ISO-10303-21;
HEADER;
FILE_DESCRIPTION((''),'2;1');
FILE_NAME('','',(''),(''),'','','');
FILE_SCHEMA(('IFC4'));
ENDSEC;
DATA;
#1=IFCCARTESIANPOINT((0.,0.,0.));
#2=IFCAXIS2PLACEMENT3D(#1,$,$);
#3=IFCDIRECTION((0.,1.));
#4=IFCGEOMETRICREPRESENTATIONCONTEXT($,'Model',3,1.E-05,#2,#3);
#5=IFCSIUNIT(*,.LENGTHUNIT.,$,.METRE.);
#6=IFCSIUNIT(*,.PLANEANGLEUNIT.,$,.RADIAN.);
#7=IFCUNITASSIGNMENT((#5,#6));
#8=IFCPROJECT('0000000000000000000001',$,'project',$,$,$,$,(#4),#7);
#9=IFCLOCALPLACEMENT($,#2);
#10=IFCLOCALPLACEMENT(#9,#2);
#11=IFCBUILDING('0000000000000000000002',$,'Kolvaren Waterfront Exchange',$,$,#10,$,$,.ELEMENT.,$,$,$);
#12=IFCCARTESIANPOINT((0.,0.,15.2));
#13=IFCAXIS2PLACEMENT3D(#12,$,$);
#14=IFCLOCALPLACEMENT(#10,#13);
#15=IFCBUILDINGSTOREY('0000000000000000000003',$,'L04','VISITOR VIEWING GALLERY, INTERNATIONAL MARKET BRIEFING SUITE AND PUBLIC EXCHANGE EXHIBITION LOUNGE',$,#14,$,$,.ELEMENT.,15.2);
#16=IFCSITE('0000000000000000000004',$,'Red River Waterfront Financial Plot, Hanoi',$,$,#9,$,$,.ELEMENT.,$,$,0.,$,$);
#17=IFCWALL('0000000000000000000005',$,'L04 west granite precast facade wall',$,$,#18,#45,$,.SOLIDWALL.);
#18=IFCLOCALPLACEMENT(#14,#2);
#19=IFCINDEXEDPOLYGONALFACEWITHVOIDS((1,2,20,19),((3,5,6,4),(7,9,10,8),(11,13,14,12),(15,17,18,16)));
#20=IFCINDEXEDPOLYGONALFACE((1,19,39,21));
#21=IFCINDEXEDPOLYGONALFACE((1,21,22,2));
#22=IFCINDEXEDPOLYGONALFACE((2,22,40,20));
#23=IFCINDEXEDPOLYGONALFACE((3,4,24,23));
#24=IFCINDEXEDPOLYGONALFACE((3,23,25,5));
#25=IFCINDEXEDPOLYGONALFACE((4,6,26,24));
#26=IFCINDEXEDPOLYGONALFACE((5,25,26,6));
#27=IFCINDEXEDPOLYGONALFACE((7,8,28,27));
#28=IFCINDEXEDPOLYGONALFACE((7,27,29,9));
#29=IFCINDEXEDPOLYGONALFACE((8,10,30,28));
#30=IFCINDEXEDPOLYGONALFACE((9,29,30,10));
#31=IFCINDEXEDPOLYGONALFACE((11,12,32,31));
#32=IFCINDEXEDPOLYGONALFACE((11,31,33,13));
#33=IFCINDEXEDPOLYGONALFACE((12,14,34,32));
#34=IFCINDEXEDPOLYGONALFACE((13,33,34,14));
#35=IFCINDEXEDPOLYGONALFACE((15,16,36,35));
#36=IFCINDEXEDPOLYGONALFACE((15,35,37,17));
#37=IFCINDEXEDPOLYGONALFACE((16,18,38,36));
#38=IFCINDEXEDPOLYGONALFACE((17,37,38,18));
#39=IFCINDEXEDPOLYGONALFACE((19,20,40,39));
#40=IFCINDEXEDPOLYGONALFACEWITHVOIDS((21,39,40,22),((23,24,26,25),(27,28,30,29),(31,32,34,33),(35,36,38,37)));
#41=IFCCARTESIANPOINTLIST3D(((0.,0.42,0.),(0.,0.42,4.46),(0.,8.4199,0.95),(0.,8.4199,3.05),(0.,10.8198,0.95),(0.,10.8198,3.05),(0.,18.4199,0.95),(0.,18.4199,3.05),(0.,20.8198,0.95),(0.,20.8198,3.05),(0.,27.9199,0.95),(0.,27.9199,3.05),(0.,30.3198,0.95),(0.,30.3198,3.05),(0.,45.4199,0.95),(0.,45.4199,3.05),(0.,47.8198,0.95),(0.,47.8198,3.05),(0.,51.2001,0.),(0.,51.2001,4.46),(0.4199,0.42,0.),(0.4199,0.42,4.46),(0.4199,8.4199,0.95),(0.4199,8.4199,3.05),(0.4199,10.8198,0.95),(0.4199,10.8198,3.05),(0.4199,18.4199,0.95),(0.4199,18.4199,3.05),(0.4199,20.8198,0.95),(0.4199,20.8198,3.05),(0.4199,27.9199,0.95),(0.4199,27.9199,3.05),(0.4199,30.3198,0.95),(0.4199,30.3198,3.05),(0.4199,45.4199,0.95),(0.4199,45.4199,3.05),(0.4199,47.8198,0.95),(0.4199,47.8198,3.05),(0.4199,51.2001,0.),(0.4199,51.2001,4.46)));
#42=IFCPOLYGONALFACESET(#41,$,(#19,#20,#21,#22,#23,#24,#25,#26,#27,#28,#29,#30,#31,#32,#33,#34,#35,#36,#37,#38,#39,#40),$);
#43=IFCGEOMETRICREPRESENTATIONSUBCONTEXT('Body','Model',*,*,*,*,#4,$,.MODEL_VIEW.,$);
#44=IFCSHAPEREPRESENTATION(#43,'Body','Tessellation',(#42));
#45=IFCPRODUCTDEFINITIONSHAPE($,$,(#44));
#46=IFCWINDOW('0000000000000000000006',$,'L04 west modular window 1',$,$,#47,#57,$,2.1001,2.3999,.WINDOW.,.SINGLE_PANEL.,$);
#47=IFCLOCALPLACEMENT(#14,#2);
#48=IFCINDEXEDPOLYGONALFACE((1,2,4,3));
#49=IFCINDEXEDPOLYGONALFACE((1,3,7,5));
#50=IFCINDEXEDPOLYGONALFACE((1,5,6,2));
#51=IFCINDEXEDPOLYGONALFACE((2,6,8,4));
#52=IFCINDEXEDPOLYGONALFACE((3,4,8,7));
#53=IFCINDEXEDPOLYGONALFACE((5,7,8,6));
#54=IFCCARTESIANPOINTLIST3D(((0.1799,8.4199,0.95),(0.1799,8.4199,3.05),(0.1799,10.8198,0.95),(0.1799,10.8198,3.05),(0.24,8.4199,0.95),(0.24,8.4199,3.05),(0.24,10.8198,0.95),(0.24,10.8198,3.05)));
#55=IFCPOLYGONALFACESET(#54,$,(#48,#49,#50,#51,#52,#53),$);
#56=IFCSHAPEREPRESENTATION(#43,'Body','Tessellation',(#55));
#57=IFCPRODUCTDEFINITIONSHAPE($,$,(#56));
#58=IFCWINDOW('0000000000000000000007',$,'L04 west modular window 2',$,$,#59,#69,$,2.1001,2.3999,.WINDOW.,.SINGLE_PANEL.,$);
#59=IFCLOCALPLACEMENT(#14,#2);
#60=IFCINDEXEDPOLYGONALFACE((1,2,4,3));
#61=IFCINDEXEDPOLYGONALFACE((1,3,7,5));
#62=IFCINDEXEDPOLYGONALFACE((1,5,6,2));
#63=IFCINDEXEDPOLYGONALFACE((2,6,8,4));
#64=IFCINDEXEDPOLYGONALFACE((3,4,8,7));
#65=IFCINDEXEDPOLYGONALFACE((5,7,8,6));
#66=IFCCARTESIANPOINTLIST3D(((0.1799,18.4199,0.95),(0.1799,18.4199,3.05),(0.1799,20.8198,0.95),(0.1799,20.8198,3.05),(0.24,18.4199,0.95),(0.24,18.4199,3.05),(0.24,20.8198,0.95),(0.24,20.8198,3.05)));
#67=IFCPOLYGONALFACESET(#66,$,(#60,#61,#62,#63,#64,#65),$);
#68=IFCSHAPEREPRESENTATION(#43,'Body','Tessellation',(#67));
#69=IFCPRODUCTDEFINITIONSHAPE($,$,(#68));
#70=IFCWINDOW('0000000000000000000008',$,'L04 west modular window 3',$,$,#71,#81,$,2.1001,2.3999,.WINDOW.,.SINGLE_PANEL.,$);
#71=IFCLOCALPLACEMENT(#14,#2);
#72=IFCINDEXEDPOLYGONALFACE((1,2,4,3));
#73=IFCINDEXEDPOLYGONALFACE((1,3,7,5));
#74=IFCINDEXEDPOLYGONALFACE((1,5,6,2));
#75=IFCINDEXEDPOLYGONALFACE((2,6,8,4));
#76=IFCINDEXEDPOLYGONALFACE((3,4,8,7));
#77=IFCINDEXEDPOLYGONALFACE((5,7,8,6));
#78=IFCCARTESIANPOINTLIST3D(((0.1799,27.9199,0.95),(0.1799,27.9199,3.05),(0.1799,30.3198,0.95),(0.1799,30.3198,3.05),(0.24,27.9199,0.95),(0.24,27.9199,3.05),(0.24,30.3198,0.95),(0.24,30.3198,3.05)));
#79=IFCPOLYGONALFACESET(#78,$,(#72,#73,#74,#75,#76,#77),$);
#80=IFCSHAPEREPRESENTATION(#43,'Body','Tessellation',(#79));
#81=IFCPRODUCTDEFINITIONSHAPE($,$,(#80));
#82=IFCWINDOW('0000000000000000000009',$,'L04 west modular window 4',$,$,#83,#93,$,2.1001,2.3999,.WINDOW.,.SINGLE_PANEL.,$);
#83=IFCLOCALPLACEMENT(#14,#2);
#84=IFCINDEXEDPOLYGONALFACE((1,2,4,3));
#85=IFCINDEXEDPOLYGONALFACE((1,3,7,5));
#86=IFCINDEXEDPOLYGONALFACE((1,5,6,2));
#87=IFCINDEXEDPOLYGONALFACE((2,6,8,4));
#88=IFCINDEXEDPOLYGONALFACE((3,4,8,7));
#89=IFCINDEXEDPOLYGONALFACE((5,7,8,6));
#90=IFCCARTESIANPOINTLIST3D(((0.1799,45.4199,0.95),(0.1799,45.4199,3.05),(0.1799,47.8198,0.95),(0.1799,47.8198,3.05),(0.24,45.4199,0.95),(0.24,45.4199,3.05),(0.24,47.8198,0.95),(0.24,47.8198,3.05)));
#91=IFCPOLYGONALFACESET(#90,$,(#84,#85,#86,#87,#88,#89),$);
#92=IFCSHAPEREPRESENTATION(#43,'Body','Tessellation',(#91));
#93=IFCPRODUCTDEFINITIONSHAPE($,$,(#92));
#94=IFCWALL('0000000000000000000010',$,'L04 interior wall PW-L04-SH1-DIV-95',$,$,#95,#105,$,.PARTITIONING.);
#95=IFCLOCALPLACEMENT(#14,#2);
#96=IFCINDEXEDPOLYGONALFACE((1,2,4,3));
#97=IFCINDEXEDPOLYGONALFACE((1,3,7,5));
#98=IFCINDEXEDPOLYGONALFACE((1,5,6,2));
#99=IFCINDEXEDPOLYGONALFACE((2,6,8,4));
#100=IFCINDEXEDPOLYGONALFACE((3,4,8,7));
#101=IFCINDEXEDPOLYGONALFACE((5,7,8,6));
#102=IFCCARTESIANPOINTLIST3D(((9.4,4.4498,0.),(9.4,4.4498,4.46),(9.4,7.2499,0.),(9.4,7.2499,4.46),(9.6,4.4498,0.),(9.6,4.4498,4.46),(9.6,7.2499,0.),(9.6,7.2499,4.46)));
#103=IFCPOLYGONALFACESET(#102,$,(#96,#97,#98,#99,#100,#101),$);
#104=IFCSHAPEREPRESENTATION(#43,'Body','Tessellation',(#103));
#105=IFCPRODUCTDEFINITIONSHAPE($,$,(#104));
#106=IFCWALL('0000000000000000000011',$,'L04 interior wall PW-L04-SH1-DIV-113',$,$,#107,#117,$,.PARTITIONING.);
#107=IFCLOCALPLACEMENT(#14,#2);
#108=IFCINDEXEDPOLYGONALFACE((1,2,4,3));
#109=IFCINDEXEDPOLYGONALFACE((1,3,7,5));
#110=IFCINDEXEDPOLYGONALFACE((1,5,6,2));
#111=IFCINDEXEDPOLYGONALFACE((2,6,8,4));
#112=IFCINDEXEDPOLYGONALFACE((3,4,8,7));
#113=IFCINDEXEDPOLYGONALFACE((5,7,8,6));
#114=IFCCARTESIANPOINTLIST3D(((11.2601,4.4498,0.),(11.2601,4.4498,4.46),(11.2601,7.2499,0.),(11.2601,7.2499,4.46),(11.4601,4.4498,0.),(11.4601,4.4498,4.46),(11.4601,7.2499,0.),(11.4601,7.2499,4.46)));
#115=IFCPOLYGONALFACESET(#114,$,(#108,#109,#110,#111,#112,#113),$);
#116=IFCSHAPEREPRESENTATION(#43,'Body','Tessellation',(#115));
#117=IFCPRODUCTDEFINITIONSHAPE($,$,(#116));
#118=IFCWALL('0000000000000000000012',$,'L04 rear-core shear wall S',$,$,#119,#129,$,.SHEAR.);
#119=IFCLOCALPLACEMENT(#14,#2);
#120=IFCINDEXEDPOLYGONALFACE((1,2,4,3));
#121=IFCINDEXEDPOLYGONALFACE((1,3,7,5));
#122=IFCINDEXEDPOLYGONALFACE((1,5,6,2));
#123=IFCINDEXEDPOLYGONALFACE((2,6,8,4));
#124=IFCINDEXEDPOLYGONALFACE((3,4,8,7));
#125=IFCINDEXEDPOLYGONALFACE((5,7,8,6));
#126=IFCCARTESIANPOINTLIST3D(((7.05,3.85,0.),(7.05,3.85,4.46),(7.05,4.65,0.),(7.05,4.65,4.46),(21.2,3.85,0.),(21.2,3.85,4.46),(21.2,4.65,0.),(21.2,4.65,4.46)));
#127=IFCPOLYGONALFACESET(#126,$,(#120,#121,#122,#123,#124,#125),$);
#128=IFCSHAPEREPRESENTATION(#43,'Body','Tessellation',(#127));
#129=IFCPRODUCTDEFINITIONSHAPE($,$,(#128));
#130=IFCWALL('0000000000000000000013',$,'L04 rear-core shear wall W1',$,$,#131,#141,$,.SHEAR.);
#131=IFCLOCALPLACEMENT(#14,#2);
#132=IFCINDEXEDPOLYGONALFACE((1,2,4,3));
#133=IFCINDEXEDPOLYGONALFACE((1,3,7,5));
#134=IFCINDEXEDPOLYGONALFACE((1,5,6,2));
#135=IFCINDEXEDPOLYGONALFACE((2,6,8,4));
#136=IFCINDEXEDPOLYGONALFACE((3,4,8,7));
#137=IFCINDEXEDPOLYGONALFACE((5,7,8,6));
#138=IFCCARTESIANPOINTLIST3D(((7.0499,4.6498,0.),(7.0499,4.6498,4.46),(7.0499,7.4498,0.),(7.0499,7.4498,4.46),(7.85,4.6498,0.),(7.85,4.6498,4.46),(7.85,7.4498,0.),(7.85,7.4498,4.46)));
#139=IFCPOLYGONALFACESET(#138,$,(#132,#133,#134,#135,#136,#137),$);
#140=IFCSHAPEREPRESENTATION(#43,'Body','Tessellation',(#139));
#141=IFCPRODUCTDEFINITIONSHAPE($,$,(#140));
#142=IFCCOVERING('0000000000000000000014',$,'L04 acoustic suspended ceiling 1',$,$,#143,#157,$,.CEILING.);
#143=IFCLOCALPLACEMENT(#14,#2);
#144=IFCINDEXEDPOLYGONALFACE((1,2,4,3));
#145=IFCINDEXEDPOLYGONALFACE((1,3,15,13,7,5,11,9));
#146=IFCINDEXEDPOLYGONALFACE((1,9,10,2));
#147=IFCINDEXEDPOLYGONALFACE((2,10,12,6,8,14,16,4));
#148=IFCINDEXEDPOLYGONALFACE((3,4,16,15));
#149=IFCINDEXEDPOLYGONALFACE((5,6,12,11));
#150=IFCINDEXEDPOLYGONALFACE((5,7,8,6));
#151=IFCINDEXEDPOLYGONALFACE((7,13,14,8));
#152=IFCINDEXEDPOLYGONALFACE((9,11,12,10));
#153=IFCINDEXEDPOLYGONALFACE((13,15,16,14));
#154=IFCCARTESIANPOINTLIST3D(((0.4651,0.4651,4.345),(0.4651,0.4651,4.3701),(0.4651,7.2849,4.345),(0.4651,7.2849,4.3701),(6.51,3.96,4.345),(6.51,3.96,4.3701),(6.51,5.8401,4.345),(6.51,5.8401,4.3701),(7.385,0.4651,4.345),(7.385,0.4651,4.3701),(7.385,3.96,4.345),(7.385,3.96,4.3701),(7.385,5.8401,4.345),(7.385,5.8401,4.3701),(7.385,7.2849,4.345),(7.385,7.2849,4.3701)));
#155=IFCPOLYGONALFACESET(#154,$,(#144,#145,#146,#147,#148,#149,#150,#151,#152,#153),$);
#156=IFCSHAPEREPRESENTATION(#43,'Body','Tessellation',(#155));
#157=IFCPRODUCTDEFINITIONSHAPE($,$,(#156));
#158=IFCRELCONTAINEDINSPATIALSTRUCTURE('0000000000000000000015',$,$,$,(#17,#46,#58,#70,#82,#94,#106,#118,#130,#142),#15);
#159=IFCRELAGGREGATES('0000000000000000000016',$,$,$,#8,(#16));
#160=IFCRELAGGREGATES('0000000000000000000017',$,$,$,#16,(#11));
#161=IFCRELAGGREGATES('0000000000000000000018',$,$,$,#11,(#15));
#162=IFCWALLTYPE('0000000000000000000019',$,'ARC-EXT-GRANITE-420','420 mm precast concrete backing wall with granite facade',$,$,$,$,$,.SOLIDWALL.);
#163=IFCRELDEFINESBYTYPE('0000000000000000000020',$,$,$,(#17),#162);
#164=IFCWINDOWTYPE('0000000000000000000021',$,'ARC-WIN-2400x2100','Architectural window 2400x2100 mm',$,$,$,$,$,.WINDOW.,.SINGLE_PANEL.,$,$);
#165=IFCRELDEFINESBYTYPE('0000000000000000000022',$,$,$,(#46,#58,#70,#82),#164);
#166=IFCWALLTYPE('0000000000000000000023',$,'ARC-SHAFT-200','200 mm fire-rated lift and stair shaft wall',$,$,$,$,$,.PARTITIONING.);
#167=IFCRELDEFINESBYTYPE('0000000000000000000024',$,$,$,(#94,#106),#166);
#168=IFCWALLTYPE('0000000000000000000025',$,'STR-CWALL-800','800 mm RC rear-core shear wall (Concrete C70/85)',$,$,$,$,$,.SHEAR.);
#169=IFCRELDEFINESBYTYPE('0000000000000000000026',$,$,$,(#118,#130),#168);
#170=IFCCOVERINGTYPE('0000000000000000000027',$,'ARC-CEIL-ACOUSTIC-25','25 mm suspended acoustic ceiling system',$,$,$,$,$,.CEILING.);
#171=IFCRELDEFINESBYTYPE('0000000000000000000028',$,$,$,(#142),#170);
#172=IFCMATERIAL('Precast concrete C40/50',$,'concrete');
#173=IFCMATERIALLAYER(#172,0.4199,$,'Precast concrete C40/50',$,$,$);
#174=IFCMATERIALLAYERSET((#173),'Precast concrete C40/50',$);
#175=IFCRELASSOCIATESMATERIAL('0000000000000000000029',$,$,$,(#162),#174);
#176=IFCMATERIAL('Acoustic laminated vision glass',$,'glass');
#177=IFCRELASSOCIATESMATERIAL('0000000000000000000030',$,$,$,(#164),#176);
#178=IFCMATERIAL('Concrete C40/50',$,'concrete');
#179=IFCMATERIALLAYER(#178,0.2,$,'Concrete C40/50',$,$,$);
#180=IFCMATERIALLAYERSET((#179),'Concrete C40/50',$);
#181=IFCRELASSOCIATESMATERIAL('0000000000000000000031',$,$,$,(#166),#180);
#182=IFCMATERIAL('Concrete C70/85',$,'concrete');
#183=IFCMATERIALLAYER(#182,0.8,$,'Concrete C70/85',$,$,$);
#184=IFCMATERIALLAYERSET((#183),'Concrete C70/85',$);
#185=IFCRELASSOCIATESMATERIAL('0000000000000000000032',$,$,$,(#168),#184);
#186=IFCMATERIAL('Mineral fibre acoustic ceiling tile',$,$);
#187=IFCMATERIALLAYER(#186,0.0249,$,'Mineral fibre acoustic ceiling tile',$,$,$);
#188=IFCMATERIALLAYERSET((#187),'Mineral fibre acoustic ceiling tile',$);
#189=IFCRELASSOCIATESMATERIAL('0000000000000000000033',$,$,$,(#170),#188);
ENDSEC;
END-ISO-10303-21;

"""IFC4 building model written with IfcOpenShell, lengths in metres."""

from ifc_helpers import new_model, si_unit, direction, frame, frame_2d, origin, place, context, subcontext, project, spatial, polyline, rectangle, outline, extrude, material, layer, layer_set, type_object, element, fill, save


model = new_model("IFC4")

# Units and contexts
model_context = context("Model", 3, precision=1e-05, world=origin(), true_north=direction((0.0, 1.0)))
body_context = subcontext(model_context, "Body", "Model", "MODEL_VIEW")
ifc_project = project(units=[si_unit("LENGTHUNIT", "METRE"), si_unit("PLANEANGLEUNIT", "RADIAN")], contexts=[model_context])

# Site, building, storey
site_placement = place(None, origin())
site = spatial("IfcSite", under=ifc_project, at=site_placement, Name="Red River Waterfront Financial Plot, Hanoi", CompositionType="ELEMENT", RefElevation=0.0)
building_placement = place(site_placement, origin())
building = spatial("IfcBuilding", under=site, at=building_placement, Name="Kolvaren Waterfront Exchange", CompositionType="ELEMENT")
storey_placement = place(building_placement, frame((0.0, 0.0, 15.2)))
storey = spatial("IfcBuildingStorey", under=building, at=storey_placement, Name="L04", Description="VISITOR VIEWING GALLERY, INTERNATIONAL MARKET BRIEFING SUITE AND PUBLIC EXCHANGE EXHIBITION LOUNGE", CompositionType="ELEMENT", Elevation=15.2)

# Shared definitions
ifc_material_1 = material(Name="Concrete C70/85", Category="concrete")

# Shared definitions
ifc_material_2 = material(Name="Concrete C40/50", Category="concrete")

# Wall, openings, windows
ifc_material_3 = material(Name="Precast concrete C40/50", Category="concrete")
ifc_layer_1 = layer(ifc_material_3, 0.4199, Name="Precast concrete C40/50")
ifc_layer_set_1 = layer_set([ifc_layer_1], Name="Precast concrete C40/50")
wall_type_1 = type_object("IfcWallType", Name="ARC-EXT-GRANITE-420", Description="420 mm precast concrete backing wall with granite facade", PredefinedType="SOLIDWALL", material=ifc_layer_set_1)
ifc_material_4 = material(Name="Acoustic laminated vision glass", Category="glass")
window_type = type_object("IfcWindowType", Name="ARC-WIN-2400x2100", Description="Architectural window 2400x2100 mm", PartitioningType="SINGLE_PANEL", PredefinedType="WINDOW", material=ifc_material_4)
wall_1_placement = place(storey_placement, frame((0.21, 0.4199, 0.0), z_axis=(0.0, 0.0, 1.0), x_axis=(0.0, 1.0, 0.0)))
wall_1 = element("IfcWall", 1, at=wall_1_placement, inside=storey, type_object=wall_type_1, Name="L04 west granite precast facade wall", PredefinedType="SOLIDWALL", context=body_context, shape_type="SweptSolid", body=[
    extrude(rectangle(XDim=50.78, YDim=0.4199, at=frame_2d((25.3901, 0.0))), origin(), (0.0, 0.0, 1.0), 4.46),
])
opening_1_placement = place(wall_1_placement, frame((8.0, 0.0, 0.95)))
opening_1 = element("IfcOpeningElement", 2, at=opening_1_placement, cuts=wall_1, PredefinedType="OPENING", context=body_context, shape_type="SweptSolid", body=[
    extrude(rectangle(XDim=2.3999, YDim=2.1001, at=frame_2d((1.2, 1.05))), frame((0.0, 0.22, 0.0), z_axis=(0.0, -1.0, 0.0), x_axis=(1.0, 0.0, 0.0)), (0.0, 0.0, 1.0), 0.4399),
])
opening_2_placement = place(wall_1_placement, frame((18.0, 0.0, 0.95)))
opening_2 = element("IfcOpeningElement", 3, at=opening_2_placement, cuts=wall_1, PredefinedType="OPENING", context=body_context, shape_type="SweptSolid", body=[
    extrude(rectangle(XDim=2.3999, YDim=2.1001, at=frame_2d((1.2, 1.05))), frame((0.0, 0.22, 0.0), z_axis=(0.0, -1.0, 0.0), x_axis=(1.0, 0.0, 0.0)), (0.0, 0.0, 1.0), 0.4399),
])
opening_3_placement = place(wall_1_placement, frame((27.5, 0.0, 0.95)))
opening_3 = element("IfcOpeningElement", 4, at=opening_3_placement, cuts=wall_1, PredefinedType="OPENING", context=body_context, shape_type="SweptSolid", body=[
    extrude(rectangle(XDim=2.3999, YDim=2.1001, at=frame_2d((1.2, 1.05))), frame((0.0, 0.22, 0.0), z_axis=(0.0, -1.0, 0.0), x_axis=(1.0, 0.0, 0.0)), (0.0, 0.0, 1.0), 0.4399),
])
opening_4_placement = place(wall_1_placement, frame((45.0, 0.0, 0.95)))
opening_4 = element("IfcOpeningElement", 5, at=opening_4_placement, cuts=wall_1, PredefinedType="OPENING", context=body_context, shape_type="SweptSolid", body=[
    extrude(rectangle(XDim=2.3999, YDim=2.1001, at=frame_2d((1.2, 1.05))), frame((0.0, 0.22, 0.0), z_axis=(0.0, -1.0, 0.0), x_axis=(1.0, 0.0, 0.0)), (0.0, 0.0, 1.0), 0.4399),
])
window_1_placement = place(opening_1_placement, origin())
window_1 = element("IfcWindow", 6, at=window_1_placement, inside=storey, type_object=window_type, Name="L04 west modular window 1", OverallHeight=2.1001, OverallWidth=2.3999, PartitioningType="SINGLE_PANEL", PredefinedType="WINDOW", context=body_context, shape_type="SweptSolid", body=[
    extrude(rectangle(XDim=2.3999, YDim=2.1001, at=frame_2d((1.2, 1.05))), frame((0.0, 0.03, 0.0), z_axis=(0.0, -1.0, 0.0), x_axis=(1.0, 0.0, 0.0)), (0.0, 0.0, 1.0), 0.0601),
])
fill(opening_1, window_1)
window_2_placement = place(opening_2_placement, origin())
window_2 = element("IfcWindow", 7, at=window_2_placement, inside=storey, type_object=window_type, Name="L04 west modular window 2", OverallHeight=2.1001, OverallWidth=2.3999, PartitioningType="SINGLE_PANEL", PredefinedType="WINDOW", context=body_context, shape_type="SweptSolid", body=[
    extrude(rectangle(XDim=2.3999, YDim=2.1001, at=frame_2d((1.2, 1.05))), frame((0.0, 0.03, 0.0), z_axis=(0.0, -1.0, 0.0), x_axis=(1.0, 0.0, 0.0)), (0.0, 0.0, 1.0), 0.0601),
])
fill(opening_2, window_2)
window_3_placement = place(opening_3_placement, origin())
window_3 = element("IfcWindow", 8, at=window_3_placement, inside=storey, type_object=window_type, Name="L04 west modular window 3", OverallHeight=2.1001, OverallWidth=2.3999, PartitioningType="SINGLE_PANEL", PredefinedType="WINDOW", context=body_context, shape_type="SweptSolid", body=[
    extrude(rectangle(XDim=2.3999, YDim=2.1001, at=frame_2d((1.2, 1.05))), frame((0.0, 0.03, 0.0), z_axis=(0.0, -1.0, 0.0), x_axis=(1.0, 0.0, 0.0)), (0.0, 0.0, 1.0), 0.0601),
])
fill(opening_3, window_3)
window_4_placement = place(opening_4_placement, origin())
window_4 = element("IfcWindow", 9, at=window_4_placement, inside=storey, type_object=window_type, Name="L04 west modular window 4", OverallHeight=2.1001, OverallWidth=2.3999, PartitioningType="SINGLE_PANEL", PredefinedType="WINDOW", context=body_context, shape_type="SweptSolid", body=[
    extrude(rectangle(XDim=2.3999, YDim=2.1001, at=frame_2d((1.2, 1.05))), frame((0.0, 0.03, 0.0), z_axis=(0.0, -1.0, 0.0), x_axis=(1.0, 0.0, 0.0)), (0.0, 0.0, 1.0), 0.0601),
])
fill(opening_4, window_4)

# Walls
ifc_layer_2 = layer(ifc_material_2, 0.2, Name="Concrete C40/50")
ifc_layer_set_2 = layer_set([ifc_layer_2], Name="Concrete C40/50")
wall_type_2 = type_object("IfcWallType", Name="ARC-SHAFT-200", Description="200 mm fire-rated lift and stair shaft wall", PredefinedType="PARTITIONING", material=ifc_layer_set_2)
for number, where, z_axis, x_axis, name in (
    (10, (9.5, 4.45, 0.0), (0.0, 0.0, 1.0), (0.0, 1.0, 0.0), "L04 interior wall PW-L04-SH1-DIV-95"),
    (11, (11.3601, 4.45, 0.0), (0.0, 0.0, 1.0), (0.0, 1.0, 0.0), "L04 interior wall PW-L04-SH1-DIV-113"),
):
    element("IfcWall", number, at=place(storey_placement, frame(where, z_axis=z_axis, x_axis=x_axis)), inside=storey, type_object=wall_type_2, Name=name, PredefinedType="PARTITIONING", context=body_context, shape_type="SweptSolid", body=[
        extrude(rectangle(XDim=2.8, YDim=0.2, at=frame_2d((1.3999, 0.0))), origin(), (0.0, 0.0, 1.0), 4.46),
    ])
ifc_layer_3 = layer(ifc_material_1, 0.8, Name="Concrete C70/85")
ifc_layer_set_3 = layer_set([ifc_layer_3], Name="Concrete C70/85")
wall_type_3 = type_object("IfcWallType", Name="STR-CWALL-800", Description="800 mm RC rear-core shear wall (Concrete C70/85)", PredefinedType="SHEAR", material=ifc_layer_set_3)
wall_2_placement = place(storey_placement, frame((7.05, 4.25, 0.0), z_axis=(0.0, 0.0, 1.0), x_axis=(1.0, 0.0, 0.0)))
element("IfcWall", 12, at=wall_2_placement, inside=storey, type_object=wall_type_3, Name="L04 rear-core shear wall S", PredefinedType="SHEAR", context=body_context, shape_type="SweptSolid", body=[
    extrude(rectangle(XDim=14.1499, YDim=0.8, at=frame_2d((7.075, 0.0))), origin(), (0.0, 0.0, 1.0), 4.46),
])
wall_3_placement = place(storey_placement, frame((7.45, 4.6499, 0.0), z_axis=(0.0, 0.0, 1.0), x_axis=(0.0, 1.0, 0.0)))
element("IfcWall", 13, at=wall_3_placement, inside=storey, type_object=wall_type_3, Name="L04 rear-core shear wall W1", PredefinedType="SHEAR", context=body_context, shape_type="SweptSolid", body=[
    extrude(rectangle(XDim=2.8, YDim=0.8, at=frame_2d((1.3999, 0.0))), origin(), (0.0, 0.0, 1.0), 4.46),
])

# Covering
ifc_material_5 = material(Name="Mineral fibre acoustic ceiling tile")
ifc_layer_4 = layer(ifc_material_5, 0.0249, Name="Mineral fibre acoustic ceiling tile")
ifc_layer_set_4 = layer_set([ifc_layer_4], Name="Mineral fibre acoustic ceiling tile")
covering_type_1 = type_object("IfcCoveringType", Name="ARC-CEIL-ACOUSTIC-25", Description="25 mm suspended acoustic ceiling system", PredefinedType="CEILING", material=ifc_layer_set_4)
covering_1_placement = place(storey_placement, frame((0.0, 0.0, 4.345)))
element("IfcCovering", 14, at=covering_1_placement, inside=storey, type_object=covering_type_1, Name="L04 acoustic suspended ceiling 1", PredefinedType="CEILING", context=body_context, shape_type="SweptSolid", body=[
    extrude(outline(polyline([(7.385, 3.96), (6.51, 3.96), (6.51, 5.8401), (7.385, 5.8401), (7.385, 7.2849), (0.4651, 7.2849), (0.4651, 0.4651), (7.385, 0.4651), (7.385, 3.96)])), origin(), (0.0, 0.0, 1.0), 0.0251),
])

save(model, "model.ifc")
